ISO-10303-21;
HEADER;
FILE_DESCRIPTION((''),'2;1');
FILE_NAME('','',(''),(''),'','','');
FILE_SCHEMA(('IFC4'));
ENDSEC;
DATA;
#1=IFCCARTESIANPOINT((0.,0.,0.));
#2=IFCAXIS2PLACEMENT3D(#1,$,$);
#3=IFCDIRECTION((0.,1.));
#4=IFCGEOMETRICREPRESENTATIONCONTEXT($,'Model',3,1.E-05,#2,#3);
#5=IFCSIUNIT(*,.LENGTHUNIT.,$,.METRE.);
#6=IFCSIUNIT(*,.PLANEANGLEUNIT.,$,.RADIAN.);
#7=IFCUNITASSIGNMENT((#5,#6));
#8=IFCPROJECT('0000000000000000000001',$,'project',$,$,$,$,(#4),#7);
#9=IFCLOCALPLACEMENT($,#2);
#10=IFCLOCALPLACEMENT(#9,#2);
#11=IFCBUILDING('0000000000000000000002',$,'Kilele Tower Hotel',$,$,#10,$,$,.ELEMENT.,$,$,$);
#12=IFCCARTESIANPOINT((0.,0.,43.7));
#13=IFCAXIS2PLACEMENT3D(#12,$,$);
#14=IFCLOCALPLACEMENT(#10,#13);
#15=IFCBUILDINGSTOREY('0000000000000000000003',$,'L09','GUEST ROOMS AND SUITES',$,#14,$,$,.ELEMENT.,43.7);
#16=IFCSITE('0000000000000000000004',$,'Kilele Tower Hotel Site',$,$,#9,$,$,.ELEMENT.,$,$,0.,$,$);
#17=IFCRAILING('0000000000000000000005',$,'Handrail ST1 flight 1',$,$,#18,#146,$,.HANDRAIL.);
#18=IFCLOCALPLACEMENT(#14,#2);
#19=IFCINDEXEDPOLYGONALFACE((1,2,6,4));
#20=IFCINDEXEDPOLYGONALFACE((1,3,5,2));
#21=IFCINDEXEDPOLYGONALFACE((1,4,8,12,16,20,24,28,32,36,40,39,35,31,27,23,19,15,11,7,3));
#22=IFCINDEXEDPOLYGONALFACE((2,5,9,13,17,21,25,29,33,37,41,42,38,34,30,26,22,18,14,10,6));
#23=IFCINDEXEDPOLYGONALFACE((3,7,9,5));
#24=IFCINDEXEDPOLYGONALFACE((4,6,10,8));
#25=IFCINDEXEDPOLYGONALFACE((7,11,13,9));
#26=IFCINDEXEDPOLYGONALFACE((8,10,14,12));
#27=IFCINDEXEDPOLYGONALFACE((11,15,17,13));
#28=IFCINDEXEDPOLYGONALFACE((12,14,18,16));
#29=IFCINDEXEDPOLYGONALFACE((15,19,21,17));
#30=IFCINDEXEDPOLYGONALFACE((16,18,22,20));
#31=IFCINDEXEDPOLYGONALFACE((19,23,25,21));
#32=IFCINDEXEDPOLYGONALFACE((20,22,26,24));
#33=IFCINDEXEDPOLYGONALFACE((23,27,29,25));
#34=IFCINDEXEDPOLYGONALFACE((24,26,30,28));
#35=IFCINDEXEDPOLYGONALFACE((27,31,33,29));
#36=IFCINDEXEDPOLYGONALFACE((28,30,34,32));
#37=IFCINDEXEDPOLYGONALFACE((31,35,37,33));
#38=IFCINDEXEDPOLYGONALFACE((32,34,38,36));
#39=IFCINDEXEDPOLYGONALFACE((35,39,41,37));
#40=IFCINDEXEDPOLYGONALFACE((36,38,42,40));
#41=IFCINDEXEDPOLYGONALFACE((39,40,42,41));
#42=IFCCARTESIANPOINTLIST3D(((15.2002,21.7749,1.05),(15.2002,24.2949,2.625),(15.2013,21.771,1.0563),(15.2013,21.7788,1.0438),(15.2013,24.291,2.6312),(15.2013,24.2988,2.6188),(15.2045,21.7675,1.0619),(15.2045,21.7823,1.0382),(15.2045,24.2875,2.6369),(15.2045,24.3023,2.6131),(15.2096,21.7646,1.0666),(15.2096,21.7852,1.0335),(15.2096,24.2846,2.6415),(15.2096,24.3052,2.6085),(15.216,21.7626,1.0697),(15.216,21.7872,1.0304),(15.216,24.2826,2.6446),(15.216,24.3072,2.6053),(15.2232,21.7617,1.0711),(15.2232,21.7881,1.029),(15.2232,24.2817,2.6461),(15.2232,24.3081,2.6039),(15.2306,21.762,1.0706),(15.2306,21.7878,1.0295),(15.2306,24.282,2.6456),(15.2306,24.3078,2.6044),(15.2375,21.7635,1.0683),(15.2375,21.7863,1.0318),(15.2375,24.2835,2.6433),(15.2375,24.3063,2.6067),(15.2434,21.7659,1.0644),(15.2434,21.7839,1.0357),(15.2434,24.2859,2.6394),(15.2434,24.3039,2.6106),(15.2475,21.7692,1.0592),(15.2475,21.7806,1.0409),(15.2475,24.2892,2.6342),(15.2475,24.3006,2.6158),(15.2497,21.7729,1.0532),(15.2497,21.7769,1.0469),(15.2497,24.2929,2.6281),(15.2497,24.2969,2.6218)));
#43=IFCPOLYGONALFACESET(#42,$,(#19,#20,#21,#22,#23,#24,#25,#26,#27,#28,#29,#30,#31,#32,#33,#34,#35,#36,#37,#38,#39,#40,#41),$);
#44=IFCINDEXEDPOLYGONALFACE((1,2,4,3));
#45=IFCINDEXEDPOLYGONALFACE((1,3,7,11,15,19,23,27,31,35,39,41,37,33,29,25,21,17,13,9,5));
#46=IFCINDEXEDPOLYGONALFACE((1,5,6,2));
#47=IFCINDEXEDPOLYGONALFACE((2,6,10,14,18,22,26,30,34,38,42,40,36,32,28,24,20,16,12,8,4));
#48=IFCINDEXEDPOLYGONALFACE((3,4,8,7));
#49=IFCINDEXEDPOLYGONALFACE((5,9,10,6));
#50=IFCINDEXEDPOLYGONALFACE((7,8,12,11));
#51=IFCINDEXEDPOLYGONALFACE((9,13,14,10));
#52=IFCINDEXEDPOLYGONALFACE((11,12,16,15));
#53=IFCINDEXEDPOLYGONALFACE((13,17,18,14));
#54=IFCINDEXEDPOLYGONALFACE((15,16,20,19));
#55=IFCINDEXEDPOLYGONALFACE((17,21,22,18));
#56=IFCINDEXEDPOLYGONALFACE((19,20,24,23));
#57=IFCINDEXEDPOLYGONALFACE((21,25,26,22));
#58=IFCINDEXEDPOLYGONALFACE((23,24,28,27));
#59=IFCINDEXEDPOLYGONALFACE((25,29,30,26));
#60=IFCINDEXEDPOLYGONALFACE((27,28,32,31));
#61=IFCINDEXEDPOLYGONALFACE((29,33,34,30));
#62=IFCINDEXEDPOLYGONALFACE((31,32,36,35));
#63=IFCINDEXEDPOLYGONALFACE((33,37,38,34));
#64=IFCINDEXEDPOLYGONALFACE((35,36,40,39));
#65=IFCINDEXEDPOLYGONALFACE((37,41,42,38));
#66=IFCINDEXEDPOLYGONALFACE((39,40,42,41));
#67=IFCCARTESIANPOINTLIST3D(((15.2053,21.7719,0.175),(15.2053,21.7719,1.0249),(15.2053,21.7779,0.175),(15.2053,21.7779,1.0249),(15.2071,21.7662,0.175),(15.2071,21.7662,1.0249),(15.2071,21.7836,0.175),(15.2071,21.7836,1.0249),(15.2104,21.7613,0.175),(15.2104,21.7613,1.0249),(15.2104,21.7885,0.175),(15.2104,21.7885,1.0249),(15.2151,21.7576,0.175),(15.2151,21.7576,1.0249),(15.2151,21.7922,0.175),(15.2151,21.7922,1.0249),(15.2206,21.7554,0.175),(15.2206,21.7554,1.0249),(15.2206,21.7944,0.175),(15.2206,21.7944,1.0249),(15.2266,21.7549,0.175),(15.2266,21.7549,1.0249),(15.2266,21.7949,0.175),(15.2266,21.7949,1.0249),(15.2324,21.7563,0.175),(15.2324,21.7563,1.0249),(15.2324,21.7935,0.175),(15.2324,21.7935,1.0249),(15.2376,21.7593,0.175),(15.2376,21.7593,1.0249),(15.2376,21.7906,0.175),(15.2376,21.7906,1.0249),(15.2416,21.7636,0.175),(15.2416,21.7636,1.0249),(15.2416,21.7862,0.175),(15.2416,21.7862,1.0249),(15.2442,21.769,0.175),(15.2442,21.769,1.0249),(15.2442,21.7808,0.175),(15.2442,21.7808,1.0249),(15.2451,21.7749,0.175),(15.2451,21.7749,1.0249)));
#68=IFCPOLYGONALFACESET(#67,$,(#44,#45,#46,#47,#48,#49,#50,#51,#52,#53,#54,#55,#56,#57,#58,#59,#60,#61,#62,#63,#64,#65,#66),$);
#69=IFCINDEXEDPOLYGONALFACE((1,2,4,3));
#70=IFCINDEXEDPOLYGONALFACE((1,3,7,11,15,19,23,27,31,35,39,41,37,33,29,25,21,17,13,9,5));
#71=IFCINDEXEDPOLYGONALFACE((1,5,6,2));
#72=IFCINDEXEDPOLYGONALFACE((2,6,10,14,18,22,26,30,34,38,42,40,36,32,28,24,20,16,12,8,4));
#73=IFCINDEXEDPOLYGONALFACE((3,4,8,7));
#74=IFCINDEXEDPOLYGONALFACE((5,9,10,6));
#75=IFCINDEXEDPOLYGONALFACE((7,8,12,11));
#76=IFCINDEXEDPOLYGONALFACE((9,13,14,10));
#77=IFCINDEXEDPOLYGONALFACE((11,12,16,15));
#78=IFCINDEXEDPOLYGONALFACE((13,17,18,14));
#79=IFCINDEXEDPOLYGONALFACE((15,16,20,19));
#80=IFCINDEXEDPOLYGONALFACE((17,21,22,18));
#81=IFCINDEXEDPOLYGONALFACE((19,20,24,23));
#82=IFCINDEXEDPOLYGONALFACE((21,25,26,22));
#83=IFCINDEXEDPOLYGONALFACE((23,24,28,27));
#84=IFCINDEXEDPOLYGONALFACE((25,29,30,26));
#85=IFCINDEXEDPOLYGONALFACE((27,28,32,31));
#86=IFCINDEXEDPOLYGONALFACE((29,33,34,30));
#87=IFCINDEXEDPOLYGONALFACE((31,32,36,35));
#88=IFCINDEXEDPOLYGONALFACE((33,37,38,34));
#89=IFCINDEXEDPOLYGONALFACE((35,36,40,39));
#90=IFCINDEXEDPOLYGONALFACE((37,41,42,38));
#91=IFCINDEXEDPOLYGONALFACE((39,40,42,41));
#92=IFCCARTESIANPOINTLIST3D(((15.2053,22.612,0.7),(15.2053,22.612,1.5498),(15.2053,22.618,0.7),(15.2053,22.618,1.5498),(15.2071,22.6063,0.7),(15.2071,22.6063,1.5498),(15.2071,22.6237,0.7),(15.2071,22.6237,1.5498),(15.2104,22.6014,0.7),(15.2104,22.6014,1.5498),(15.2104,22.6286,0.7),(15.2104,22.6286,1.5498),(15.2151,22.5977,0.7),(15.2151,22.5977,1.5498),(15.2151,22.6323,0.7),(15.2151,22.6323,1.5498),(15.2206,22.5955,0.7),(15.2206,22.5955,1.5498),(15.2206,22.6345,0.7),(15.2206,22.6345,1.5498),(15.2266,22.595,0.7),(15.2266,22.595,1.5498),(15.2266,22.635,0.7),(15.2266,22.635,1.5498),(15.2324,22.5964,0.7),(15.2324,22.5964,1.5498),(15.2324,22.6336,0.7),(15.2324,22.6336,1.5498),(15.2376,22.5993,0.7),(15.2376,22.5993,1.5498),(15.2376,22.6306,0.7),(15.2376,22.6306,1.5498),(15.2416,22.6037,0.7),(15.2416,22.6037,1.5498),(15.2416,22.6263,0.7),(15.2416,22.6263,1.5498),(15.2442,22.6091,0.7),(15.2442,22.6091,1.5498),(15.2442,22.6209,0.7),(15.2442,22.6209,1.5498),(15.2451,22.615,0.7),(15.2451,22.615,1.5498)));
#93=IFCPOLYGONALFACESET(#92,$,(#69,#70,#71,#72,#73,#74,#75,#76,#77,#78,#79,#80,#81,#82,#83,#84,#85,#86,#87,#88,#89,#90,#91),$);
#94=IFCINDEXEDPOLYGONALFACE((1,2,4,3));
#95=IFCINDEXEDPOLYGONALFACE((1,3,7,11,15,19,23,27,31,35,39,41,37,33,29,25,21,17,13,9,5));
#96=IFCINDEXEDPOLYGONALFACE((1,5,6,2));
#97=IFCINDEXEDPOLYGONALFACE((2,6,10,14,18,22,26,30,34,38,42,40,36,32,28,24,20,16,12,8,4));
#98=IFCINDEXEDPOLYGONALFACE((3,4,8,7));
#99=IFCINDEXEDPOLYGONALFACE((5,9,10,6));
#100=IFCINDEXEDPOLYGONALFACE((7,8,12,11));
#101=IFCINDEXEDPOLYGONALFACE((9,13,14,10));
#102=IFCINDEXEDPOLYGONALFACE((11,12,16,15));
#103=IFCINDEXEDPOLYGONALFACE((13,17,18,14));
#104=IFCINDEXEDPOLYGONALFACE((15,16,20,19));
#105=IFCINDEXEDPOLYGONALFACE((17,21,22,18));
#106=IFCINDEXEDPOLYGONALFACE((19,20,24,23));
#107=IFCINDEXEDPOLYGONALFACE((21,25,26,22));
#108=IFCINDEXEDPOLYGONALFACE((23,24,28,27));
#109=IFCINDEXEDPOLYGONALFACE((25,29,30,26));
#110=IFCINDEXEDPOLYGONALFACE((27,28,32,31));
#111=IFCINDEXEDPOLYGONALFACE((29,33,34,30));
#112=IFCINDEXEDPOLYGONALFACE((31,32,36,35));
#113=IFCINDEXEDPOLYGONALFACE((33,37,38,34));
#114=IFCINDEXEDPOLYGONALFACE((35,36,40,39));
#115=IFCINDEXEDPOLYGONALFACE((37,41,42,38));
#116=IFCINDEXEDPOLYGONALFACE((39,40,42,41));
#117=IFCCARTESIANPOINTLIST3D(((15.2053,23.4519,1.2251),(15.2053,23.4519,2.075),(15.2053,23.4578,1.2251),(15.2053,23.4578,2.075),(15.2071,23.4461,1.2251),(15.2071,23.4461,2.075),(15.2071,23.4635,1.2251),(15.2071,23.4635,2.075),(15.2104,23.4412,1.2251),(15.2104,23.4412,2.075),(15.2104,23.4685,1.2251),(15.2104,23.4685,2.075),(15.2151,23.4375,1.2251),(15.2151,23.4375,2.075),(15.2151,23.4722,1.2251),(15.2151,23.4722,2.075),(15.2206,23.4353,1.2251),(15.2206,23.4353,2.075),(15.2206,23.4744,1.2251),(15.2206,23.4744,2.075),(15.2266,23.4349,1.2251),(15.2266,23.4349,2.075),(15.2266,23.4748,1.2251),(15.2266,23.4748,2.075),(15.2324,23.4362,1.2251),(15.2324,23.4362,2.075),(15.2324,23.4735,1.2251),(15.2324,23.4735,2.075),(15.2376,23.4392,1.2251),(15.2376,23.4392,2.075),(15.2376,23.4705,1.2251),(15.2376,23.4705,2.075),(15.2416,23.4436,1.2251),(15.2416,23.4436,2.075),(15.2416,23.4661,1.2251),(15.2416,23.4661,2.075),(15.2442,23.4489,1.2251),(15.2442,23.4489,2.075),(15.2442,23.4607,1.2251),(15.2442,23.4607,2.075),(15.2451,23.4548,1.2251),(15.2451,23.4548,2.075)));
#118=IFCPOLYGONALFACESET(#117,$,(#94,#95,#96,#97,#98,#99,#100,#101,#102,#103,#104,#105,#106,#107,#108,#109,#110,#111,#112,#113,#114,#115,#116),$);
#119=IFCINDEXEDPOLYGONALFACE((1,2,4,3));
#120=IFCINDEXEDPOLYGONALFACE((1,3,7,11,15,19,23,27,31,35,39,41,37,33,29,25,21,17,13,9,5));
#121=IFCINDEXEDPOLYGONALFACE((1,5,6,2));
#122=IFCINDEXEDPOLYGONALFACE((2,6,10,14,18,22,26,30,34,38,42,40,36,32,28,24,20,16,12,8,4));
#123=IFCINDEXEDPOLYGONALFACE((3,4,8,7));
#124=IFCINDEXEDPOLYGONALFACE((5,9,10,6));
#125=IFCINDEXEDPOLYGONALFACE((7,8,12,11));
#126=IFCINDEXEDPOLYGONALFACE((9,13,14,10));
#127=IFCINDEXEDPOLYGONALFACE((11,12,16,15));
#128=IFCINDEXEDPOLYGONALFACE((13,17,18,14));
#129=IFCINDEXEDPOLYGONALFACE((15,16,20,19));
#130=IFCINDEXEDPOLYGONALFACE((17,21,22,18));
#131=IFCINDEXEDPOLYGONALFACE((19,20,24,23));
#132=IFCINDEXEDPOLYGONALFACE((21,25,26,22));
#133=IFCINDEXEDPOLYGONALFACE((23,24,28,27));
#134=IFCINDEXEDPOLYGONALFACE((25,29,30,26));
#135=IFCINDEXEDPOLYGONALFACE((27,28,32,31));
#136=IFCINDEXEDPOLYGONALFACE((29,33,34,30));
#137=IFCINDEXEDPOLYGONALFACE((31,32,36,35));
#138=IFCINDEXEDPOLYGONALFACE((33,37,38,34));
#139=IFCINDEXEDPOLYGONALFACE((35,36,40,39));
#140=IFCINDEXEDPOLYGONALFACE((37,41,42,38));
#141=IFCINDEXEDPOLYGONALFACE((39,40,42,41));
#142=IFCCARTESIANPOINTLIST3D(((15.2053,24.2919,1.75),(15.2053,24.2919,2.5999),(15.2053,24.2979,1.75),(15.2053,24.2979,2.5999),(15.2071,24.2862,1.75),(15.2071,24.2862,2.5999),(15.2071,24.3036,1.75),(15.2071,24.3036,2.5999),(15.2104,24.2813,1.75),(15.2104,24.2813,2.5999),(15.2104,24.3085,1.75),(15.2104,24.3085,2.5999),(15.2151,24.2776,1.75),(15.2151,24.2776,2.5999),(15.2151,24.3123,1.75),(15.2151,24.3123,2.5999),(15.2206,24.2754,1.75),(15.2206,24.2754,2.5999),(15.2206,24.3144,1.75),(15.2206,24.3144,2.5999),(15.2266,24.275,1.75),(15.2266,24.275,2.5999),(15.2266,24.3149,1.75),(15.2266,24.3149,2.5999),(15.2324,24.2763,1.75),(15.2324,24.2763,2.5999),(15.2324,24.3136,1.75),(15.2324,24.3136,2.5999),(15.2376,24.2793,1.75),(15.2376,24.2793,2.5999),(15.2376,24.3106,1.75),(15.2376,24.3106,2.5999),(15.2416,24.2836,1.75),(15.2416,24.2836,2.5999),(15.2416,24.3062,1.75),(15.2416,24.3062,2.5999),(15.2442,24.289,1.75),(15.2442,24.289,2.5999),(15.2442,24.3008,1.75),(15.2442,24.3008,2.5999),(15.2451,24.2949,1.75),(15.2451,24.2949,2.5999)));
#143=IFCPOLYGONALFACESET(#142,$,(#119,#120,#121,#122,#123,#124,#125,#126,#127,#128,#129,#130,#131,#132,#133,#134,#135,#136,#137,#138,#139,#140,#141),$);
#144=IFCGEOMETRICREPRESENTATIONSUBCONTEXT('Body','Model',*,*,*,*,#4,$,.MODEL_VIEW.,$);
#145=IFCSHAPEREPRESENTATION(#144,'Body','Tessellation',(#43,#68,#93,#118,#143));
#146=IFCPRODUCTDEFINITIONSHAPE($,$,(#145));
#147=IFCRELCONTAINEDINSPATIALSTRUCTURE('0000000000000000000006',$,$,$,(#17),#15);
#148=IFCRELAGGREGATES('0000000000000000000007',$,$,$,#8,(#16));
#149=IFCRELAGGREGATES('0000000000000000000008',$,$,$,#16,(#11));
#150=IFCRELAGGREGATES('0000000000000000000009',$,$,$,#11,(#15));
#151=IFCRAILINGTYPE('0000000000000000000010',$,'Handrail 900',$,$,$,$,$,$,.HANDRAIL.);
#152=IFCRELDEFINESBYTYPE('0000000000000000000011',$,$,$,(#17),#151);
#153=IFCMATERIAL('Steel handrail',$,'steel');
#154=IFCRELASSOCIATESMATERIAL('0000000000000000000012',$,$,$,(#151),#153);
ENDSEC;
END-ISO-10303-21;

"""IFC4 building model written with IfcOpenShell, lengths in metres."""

from ifc_helpers import new_model, si_unit, direction, frame, origin, origin_2d, place, context, subcontext, project, spatial, circle, extrude, material, type_object, element, save


model = new_model("IFC4")

# Units and contexts
model_context = context("Model", 3, precision=1e-05, world=origin(), true_north=direction((0.0, 1.0)))
body_context = subcontext(model_context, "Body", "Model", "MODEL_VIEW")
ifc_project = project(units=[si_unit("LENGTHUNIT", "METRE"), si_unit("PLANEANGLEUNIT", "RADIAN")], contexts=[model_context])

# Site, building, storey
site_placement = place(None, origin())
site = spatial("IfcSite", under=ifc_project, at=site_placement, Name="Kilele Tower Hotel Site", CompositionType="ELEMENT", RefElevation=0.0)
building_placement = place(site_placement, origin())
building = spatial("IfcBuilding", under=site, at=building_placement, Name="Kilele Tower Hotel", CompositionType="ELEMENT")
storey_placement = place(building_placement, frame((0.0, 0.0, 43.7)))
storey = spatial("IfcBuildingStorey", under=building, at=storey_placement, Name="L09", Description="GUEST ROOMS AND SUITES", CompositionType="ELEMENT", Elevation=43.7)

# Railing
ifc_material_1 = material(Name="Steel handrail", Category="steel")
railing_type_1 = type_object("IfcRailingType", Name="Handrail 900", PredefinedType="HANDRAIL", material=ifc_material_1)
for number, where, name in (
    (1, (15.2251, 21.7749, 0.175), "Handrail ST1 flight 1"),
):
    element("IfcRailing", number, at=place(storey_placement, frame(where)), inside=storey, type_object=railing_type_1, Name=name, PredefinedType="HANDRAIL", context=body_context, shape_type="SweptSolid", body=[
        extrude(circle(Radius=0.0249, at=origin_2d()), frame((0.0, 0.0, 0.875), z_axis=(0.0, 0.848008, 0.529984), x_axis=(-1.0, 0.0, 0.0)), (0.0, 0.0, 1.0), 2.9717),
        extrude(circle(Radius=0.02, at=origin_2d()), origin(), (0.0, 0.0, 1.0), 0.8499),
        extrude(circle(Radius=0.02, at=origin_2d()), frame((0.0, 0.8401, 0.5249)), (0.0, 0.0, 1.0), 0.8499),
        extrude(circle(Radius=0.02, at=origin_2d()), frame((0.0, 1.6799, 1.05)), (0.0, 0.0, 1.0), 0.8499),
        extrude(circle(Radius=0.02, at=origin_2d()), frame((0.0, 2.52, 1.575)), (0.0, 0.0, 1.0), 0.8499),
    ])

save(model, "model.ifc")
